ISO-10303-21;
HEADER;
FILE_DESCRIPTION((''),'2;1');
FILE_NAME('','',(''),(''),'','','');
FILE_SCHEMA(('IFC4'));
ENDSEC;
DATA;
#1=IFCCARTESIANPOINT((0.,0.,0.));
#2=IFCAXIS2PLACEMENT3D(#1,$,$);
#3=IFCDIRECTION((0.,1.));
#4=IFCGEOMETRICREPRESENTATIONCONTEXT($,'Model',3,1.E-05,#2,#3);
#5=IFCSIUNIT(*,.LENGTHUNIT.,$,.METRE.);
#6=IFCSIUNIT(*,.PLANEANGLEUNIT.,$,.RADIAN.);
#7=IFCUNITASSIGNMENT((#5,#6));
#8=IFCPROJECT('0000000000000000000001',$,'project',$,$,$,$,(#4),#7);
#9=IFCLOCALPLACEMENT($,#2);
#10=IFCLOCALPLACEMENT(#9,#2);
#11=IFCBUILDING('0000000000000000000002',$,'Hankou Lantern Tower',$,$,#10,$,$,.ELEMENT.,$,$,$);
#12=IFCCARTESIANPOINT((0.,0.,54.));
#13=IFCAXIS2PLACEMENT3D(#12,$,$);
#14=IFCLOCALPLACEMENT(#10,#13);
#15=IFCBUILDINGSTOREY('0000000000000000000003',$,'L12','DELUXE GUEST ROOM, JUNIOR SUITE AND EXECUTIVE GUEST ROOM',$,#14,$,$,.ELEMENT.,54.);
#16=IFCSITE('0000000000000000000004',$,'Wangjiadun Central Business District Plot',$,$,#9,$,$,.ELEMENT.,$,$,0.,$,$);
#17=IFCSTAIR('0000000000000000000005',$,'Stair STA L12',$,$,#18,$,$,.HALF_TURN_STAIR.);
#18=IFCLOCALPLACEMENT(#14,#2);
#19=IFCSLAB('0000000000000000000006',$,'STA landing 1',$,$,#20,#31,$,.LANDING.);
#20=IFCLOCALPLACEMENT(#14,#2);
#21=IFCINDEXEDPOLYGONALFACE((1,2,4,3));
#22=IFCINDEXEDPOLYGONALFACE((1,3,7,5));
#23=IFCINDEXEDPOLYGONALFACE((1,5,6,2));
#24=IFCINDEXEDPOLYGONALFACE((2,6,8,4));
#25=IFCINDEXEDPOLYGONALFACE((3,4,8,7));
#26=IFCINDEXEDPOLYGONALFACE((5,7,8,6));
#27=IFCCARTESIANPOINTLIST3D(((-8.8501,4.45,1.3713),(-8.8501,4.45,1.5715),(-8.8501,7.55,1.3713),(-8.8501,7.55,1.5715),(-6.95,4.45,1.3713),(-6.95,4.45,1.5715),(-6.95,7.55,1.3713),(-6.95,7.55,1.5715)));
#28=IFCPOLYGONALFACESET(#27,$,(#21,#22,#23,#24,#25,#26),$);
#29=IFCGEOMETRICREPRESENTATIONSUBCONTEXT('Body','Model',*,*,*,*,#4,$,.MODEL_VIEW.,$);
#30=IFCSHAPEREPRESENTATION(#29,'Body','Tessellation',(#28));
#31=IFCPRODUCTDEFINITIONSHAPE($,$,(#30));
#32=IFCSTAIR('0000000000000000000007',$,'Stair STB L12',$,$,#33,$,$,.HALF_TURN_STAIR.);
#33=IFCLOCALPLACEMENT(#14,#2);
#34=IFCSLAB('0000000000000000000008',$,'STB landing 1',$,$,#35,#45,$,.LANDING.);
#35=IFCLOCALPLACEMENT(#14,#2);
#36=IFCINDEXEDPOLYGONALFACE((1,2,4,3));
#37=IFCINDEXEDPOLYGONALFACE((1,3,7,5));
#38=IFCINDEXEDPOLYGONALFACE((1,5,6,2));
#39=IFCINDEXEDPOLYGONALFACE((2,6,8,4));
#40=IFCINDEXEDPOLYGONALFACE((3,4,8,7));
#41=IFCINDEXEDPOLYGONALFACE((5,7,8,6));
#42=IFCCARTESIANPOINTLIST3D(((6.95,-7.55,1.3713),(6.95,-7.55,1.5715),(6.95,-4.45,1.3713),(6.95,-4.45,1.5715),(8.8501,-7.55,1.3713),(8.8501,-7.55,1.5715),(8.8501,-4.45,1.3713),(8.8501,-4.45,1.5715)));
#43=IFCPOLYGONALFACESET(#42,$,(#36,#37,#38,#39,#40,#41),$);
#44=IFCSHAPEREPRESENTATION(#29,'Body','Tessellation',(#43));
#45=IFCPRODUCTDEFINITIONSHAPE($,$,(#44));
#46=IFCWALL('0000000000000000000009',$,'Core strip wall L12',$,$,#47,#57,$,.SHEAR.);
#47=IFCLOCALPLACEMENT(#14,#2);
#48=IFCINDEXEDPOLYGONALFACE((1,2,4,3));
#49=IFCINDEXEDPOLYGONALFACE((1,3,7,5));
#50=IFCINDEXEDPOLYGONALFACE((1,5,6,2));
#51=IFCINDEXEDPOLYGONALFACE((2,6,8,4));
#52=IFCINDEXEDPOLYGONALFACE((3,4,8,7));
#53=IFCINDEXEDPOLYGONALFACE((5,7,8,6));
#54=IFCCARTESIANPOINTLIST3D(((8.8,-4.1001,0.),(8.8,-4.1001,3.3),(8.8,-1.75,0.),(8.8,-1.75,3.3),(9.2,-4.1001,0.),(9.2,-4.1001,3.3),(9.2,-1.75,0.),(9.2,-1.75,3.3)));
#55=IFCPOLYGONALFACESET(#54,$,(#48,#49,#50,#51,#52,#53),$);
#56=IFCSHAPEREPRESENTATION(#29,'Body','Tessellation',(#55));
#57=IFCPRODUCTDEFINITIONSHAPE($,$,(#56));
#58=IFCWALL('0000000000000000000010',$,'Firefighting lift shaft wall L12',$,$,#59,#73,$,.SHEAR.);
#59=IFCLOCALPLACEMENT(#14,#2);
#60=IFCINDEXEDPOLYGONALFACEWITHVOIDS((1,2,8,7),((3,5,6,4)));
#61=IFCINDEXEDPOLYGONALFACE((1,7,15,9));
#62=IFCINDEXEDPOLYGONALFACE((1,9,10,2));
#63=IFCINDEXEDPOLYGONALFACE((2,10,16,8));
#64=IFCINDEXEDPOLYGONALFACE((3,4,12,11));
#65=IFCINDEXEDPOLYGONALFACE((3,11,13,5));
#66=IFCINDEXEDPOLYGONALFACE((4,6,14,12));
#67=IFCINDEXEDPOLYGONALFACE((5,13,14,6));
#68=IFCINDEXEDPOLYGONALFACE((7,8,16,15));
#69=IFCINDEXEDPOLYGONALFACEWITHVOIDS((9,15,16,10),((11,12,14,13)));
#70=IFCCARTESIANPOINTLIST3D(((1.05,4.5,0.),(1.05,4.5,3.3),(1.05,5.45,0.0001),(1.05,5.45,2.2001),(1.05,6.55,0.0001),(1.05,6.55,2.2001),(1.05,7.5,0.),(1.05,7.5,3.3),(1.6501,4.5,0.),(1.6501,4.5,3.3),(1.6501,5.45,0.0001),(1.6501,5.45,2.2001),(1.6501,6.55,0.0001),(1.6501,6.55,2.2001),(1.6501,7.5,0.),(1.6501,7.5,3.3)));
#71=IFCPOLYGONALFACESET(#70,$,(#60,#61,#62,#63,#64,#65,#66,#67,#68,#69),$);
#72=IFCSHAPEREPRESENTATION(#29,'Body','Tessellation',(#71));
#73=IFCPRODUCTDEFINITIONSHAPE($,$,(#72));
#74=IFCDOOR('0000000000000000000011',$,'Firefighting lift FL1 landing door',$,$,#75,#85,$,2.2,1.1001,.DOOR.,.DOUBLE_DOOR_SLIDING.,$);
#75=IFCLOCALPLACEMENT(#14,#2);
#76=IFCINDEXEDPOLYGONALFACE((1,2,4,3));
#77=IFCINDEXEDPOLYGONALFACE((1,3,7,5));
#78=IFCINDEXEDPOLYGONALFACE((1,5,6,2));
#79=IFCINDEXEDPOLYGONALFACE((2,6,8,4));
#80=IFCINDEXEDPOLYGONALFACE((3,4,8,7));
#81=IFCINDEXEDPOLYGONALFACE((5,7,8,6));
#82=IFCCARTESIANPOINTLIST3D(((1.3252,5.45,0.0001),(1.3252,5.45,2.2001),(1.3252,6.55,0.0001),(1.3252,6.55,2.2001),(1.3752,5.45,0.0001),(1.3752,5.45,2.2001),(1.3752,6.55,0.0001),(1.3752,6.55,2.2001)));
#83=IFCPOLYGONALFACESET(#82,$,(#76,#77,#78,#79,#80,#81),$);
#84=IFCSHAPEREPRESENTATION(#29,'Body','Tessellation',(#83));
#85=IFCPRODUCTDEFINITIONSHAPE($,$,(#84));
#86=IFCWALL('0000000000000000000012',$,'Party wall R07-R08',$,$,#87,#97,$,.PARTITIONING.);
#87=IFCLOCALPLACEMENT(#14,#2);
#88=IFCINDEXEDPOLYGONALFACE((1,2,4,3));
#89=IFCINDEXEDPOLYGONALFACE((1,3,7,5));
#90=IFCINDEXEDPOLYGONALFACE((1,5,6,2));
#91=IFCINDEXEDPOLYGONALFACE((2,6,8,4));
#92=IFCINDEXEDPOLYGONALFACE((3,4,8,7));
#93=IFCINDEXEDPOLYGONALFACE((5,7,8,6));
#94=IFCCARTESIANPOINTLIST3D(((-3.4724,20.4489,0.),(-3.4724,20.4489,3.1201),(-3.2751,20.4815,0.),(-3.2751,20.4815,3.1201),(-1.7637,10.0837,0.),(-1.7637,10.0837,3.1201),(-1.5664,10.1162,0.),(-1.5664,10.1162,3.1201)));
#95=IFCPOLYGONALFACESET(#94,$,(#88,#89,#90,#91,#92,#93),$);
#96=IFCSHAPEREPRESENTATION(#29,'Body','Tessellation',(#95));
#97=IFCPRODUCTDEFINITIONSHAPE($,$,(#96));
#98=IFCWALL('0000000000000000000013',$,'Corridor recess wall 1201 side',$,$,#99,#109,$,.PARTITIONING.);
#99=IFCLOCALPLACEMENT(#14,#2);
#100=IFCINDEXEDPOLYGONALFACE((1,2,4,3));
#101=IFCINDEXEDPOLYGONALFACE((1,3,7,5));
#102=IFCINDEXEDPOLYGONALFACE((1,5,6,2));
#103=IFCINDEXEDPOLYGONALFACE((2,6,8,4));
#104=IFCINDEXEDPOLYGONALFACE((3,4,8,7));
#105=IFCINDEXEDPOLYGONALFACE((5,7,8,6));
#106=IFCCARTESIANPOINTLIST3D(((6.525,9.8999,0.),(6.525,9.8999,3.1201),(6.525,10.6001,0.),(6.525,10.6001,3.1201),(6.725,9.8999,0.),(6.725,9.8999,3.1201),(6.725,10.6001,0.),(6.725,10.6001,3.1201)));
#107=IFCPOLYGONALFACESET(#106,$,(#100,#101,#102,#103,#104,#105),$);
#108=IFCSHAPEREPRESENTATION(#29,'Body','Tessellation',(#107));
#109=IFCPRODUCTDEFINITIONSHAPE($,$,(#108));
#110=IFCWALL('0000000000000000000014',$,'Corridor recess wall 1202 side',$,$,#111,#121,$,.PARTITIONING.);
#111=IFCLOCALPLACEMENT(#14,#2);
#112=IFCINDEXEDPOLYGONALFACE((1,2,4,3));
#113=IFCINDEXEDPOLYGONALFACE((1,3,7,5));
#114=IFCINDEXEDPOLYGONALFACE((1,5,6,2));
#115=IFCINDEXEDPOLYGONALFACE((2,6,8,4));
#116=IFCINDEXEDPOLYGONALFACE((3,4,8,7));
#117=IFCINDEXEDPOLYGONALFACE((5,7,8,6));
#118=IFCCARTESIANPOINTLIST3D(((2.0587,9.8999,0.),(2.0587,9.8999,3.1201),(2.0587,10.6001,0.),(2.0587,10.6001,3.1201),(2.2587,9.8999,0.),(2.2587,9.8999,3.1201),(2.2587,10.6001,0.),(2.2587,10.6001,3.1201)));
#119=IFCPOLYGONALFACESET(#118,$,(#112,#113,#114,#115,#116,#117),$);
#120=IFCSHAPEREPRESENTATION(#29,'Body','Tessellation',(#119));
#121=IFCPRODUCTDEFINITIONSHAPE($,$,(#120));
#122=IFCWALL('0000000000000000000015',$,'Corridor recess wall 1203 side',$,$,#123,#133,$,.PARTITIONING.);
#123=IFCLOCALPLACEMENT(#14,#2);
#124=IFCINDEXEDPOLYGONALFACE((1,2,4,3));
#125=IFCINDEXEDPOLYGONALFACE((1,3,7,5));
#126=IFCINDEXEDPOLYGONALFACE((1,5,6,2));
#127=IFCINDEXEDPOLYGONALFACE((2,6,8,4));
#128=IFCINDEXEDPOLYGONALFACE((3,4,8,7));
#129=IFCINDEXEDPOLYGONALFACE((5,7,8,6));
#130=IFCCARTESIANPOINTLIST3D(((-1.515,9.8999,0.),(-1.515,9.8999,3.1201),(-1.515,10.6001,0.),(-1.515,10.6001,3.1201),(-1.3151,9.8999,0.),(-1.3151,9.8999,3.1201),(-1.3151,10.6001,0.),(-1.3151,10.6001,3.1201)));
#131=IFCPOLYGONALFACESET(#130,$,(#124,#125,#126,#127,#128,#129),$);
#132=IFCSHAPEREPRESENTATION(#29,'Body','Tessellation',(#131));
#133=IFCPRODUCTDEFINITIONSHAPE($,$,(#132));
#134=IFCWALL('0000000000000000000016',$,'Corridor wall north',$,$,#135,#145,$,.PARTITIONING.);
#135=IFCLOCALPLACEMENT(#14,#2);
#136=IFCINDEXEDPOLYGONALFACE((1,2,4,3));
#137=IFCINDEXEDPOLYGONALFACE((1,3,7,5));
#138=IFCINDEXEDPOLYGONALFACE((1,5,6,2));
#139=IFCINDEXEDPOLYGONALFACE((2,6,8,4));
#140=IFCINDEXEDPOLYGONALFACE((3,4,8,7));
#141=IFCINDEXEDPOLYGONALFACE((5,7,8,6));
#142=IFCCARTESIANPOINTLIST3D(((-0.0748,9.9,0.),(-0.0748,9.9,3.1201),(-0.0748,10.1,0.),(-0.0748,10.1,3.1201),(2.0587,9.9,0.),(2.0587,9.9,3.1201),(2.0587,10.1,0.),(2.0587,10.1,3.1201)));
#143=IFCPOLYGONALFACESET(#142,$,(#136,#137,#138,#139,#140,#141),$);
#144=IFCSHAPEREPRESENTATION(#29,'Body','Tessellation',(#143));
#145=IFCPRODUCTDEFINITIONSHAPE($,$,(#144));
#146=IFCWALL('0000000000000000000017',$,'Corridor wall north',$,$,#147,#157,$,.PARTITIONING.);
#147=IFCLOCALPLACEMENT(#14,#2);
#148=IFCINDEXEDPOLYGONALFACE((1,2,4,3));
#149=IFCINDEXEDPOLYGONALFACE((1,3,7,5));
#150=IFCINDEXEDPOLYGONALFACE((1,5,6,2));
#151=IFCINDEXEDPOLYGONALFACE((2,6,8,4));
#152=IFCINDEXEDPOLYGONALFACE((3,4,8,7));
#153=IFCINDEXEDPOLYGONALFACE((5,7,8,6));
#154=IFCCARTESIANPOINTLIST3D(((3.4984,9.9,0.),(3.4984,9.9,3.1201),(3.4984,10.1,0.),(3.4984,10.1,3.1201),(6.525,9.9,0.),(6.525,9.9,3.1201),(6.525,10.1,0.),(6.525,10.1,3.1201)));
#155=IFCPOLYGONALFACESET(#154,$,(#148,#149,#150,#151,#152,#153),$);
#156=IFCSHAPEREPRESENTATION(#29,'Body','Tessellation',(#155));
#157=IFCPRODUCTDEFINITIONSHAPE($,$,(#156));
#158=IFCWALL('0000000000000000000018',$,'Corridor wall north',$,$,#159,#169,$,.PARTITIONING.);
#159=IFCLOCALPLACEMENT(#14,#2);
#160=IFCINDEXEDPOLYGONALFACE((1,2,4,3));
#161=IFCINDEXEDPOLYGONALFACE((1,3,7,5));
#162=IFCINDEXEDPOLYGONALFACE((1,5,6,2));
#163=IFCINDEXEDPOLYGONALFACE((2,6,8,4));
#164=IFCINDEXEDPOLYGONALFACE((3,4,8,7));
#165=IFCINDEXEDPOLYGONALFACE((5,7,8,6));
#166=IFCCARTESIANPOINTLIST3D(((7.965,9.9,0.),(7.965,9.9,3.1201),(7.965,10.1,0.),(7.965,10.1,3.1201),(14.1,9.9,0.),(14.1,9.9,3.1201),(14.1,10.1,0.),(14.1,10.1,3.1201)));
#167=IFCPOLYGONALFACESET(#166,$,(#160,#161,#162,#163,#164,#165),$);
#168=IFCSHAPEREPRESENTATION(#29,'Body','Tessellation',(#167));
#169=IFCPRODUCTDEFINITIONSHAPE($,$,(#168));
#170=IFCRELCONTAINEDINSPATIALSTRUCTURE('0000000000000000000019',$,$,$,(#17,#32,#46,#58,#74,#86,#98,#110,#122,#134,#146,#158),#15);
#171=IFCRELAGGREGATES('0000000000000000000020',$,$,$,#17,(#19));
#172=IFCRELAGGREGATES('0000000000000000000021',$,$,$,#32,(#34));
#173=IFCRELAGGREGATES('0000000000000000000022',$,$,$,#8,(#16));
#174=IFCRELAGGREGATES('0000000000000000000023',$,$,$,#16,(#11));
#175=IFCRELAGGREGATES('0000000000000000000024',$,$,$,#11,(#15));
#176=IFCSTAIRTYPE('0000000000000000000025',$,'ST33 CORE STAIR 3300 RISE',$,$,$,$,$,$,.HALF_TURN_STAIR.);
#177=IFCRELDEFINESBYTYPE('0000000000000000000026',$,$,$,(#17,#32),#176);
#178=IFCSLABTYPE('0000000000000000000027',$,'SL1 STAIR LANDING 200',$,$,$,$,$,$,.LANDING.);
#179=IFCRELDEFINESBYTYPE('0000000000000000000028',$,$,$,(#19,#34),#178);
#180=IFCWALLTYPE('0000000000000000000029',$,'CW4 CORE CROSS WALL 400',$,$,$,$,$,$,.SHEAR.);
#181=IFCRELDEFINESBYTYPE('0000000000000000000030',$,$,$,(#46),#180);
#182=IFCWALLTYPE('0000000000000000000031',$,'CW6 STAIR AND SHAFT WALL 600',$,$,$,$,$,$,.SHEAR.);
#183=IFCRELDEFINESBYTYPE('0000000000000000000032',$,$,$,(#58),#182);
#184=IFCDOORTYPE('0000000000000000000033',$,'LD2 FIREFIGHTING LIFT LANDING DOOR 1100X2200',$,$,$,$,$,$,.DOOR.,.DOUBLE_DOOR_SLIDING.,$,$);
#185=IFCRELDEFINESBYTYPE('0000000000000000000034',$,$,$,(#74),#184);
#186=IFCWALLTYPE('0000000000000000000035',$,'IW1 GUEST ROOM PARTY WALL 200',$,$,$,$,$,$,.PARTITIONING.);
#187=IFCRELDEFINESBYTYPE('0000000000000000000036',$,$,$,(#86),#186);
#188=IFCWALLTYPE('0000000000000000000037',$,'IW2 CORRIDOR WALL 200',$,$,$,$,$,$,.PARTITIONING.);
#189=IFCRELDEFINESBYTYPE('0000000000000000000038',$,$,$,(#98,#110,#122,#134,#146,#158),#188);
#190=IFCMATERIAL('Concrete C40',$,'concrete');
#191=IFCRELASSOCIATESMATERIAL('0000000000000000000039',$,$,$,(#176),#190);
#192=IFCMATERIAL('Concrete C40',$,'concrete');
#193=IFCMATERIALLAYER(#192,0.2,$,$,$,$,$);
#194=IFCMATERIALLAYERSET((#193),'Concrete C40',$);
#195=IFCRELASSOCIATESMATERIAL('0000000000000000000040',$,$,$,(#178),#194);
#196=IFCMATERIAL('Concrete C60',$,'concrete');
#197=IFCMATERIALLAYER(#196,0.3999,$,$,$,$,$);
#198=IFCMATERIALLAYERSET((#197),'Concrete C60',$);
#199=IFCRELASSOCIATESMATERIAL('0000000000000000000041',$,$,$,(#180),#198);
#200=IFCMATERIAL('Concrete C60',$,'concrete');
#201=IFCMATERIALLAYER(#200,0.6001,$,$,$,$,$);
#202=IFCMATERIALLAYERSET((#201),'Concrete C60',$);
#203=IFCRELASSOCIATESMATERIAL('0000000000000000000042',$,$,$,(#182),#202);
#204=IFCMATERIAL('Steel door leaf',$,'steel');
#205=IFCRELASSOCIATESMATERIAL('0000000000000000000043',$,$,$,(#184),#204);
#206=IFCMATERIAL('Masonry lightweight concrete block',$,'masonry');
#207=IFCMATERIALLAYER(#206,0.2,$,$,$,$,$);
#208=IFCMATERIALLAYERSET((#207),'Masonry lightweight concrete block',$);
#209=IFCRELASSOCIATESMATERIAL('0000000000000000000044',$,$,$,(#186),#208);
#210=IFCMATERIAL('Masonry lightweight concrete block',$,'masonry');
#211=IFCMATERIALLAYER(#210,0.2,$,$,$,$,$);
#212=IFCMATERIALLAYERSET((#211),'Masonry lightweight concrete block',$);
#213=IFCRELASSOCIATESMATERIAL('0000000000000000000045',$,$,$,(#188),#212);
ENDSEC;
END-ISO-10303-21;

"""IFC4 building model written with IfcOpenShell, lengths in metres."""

from ifc_helpers import new_model, si_unit, direction, frame, frame_2d, origin, place, context, subcontext, project, spatial, polyline, rectangle, outline, extrude, material, layer, layer_set, type_object, element, fill, aggregate, save


model = new_model("IFC4")

# Units and contexts
model_context = context("Model", 3, precision=1e-05, world=origin(), true_north=direction((0.0, 1.0)))
body_context = subcontext(model_context, "Body", "Model", "MODEL_VIEW")
ifc_project = project(units=[si_unit("LENGTHUNIT", "METRE"), si_unit("PLANEANGLEUNIT", "RADIAN")], contexts=[model_context])

# Site, building, storey
site_placement = place(None, origin())
site = spatial("IfcSite", under=ifc_project, at=site_placement, Name="Wangjiadun Central Business District Plot", CompositionType="ELEMENT", RefElevation=0.0)
building_placement = place(site_placement, origin())
building = spatial("IfcBuilding", under=site, at=building_placement, Name="Hankou Lantern Tower", CompositionType="ELEMENT")
storey_placement = place(building_placement, frame((0.0, 0.0, 54.0)))
storey = spatial("IfcBuildingStorey", under=building, at=storey_placement, Name="L12", Description="DELUXE GUEST ROOM, JUNIOR SUITE AND EXECUTIVE GUEST ROOM", CompositionType="ELEMENT", Elevation=54.0)

# Stairs, slabs
ifc_material_1 = material(Name="Concrete C40", Category="concrete")
stair_type = type_object("IfcStairType", Name="ST33 CORE STAIR 3300 RISE", PredefinedType="HALF_TURN_STAIR", material=ifc_material_1)
stair_1_placement = place(storey_placement, origin())
stair_1 = element("IfcStair", 1, at=stair_1_placement, inside=storey, type_object=stair_type, Name="Stair STA L12", PredefinedType="HALF_TURN_STAIR")
ifc_material_2 = material(Name="Concrete C40", Category="concrete")
ifc_layer_1 = layer(ifc_material_2, 0.2)
ifc_layer_set_1 = layer_set([ifc_layer_1], Name="Concrete C40")
slab_type_1 = type_object("IfcSlabType", Name="SL1 STAIR LANDING 200", PredefinedType="LANDING", material=ifc_layer_set_1)
slab_1_placement = place(storey_placement, frame((0.0, 0.0, 1.3713)))
slab_1 = element("IfcSlab", 2, at=slab_1_placement, type_object=slab_type_1, Name="STA landing 1", PredefinedType="LANDING", context=body_context, shape_type="SweptSolid", body=[
    extrude(outline(polyline([(-8.8501, 4.45), (-6.95, 4.45), (-6.95, 7.55), (-8.8501, 7.55), (-8.8501, 4.45)])), origin(), (0.0, 0.0, 1.0), 0.2002),
])
aggregate(stair_1, [slab_1])
stair_2_placement = place(storey_placement, origin())
stair_2 = element("IfcStair", 3, at=stair_2_placement, inside=storey, type_object=stair_type, Name="Stair STB L12", PredefinedType="HALF_TURN_STAIR")
slab_2_placement = place(storey_placement, frame((0.0, 0.0, 1.3713)))
slab_2 = element("IfcSlab", 4, at=slab_2_placement, type_object=slab_type_1, Name="STB landing 1", PredefinedType="LANDING", context=body_context, shape_type="SweptSolid", body=[
    extrude(outline(polyline([(8.8501, -4.45), (6.95, -4.45), (6.95, -7.55), (8.8501, -7.55), (8.8501, -4.45)])), origin(), (0.0, 0.0, 1.0), 0.2002),
])
aggregate(stair_2, [slab_2])

# Wall
ifc_material_3 = material(Name="Concrete C60", Category="concrete")
ifc_layer_2 = layer(ifc_material_3, 0.3999)
ifc_layer_set_2 = layer_set([ifc_layer_2], Name="Concrete C60")
wall_type_1 = type_object("IfcWallType", Name="CW4 CORE CROSS WALL 400", PredefinedType="SHEAR", material=ifc_layer_set_2)
wall_1_placement = place(storey_placement, frame((9.0, -4.1001, 0.0), z_axis=(0.0, 0.0, 1.0), x_axis=(0.0, 1.0, 0.0)))
element("IfcWall", 5, at=wall_1_placement, inside=storey, type_object=wall_type_1, Name="Core strip wall L12", PredefinedType="SHEAR", context=body_context, shape_type="SweptSolid", body=[
    extrude(rectangle(XDim=2.3501, YDim=0.3999, at=frame_2d((1.175, 0.0))), origin(), (0.0, 0.0, 1.0), 3.3),
])

# Wall, opening, door
ifc_material_4 = material(Name="Concrete C60", Category="concrete")
ifc_layer_3 = layer(ifc_material_4, 0.6001)
ifc_layer_set_3 = layer_set([ifc_layer_3], Name="Concrete C60")
wall_type_2 = type_object("IfcWallType", Name="CW6 STAIR AND SHAFT WALL 600", PredefinedType="SHEAR", material=ifc_layer_set_3)
wall_2_placement = place(storey_placement, frame((1.3501, 4.5, 0.0), z_axis=(0.0, 0.0, 1.0), x_axis=(0.0, 1.0, 0.0)))
wall_2 = element("IfcWall", 6, at=wall_2_placement, inside=storey, type_object=wall_type_2, Name="Firefighting lift shaft wall L12", PredefinedType="SHEAR", context=body_context, shape_type="SweptSolid", body=[
    extrude(rectangle(XDim=3.0, YDim=0.6001, at=frame_2d((1.5, 0.0))), origin(), (0.0, 0.0, 1.0), 3.3),
])
opening_1_placement = place(wall_2_placement, frame((0.95, 0.0, 0.0)))
opening_1 = element("IfcOpeningElement", 7, at=opening_1_placement, cuts=wall_2, PredefinedType="OPENING", context=body_context, shape_type="SweptSolid", body=[
    extrude(rectangle(XDim=1.1001, YDim=2.2, at=frame_2d((0.55, 1.1001))), frame((0.0, 0.3101, 0.0), z_axis=(0.0, -1.0, 0.0), x_axis=(1.0, 0.0, 0.0)), (0.0, 0.0, 1.0), 0.6201),
])
ifc_material_5 = material(Name="Steel door leaf", Category="steel")
door_type_1 = type_object("IfcDoorType", Name="LD2 FIREFIGHTING LIFT LANDING DOOR 1100X2200", OperationType="DOUBLE_DOOR_SLIDING", PredefinedType="DOOR", material=ifc_material_5)
door_1_placement = place(opening_1_placement, origin())
door_1 = element("IfcDoor", 8, at=door_1_placement, inside=storey, type_object=door_type_1, Name="Firefighting lift FL1 landing door", OperationType="DOUBLE_DOOR_SLIDING", OverallHeight=2.2, OverallWidth=1.1001, PredefinedType="DOOR", context=body_context, shape_type="SweptSolid", body=[
    extrude(rectangle(XDim=1.1001, YDim=2.2, at=frame_2d((0.55, 1.1001))), frame((0.0, 0.0249, 0.0), z_axis=(0.0, -1.0, 0.0), x_axis=(1.0, 0.0, 0.0)), (0.0, 0.0, 1.0), 0.05),
])
fill(opening_1, door_1)

# Walls
ifc_material_6 = material(Name="Masonry lightweight concrete block", Category="masonry")
ifc_layer_4 = layer(ifc_material_6, 0.2)
ifc_layer_set_4 = layer_set([ifc_layer_4], Name="Masonry lightweight concrete block")
wall_type_3 = type_object("IfcWallType", Name="IW1 GUEST ROOM PARTY WALL 200", PredefinedType="PARTITIONING", material=ifc_layer_set_4)
wall_3_placement = place(storey_placement, frame((-1.665, 10.1001, 0.0), z_axis=(0.0, 0.0, 1.0), x_axis=(-0.162658, 0.986683, 0.0)))
element("IfcWall", 9, at=wall_3_placement, inside=storey, type_object=wall_type_3, Name="Party wall R07-R08", PredefinedType="PARTITIONING", context=body_context, shape_type="SweptSolid", body=[
    extrude(rectangle(XDim=10.5051, YDim=0.2, at=frame_2d((5.2524, 0.0))), origin(), (0.0, 0.0, 1.0), 3.1201),
])
ifc_material_7 = material(Name="Masonry lightweight concrete block", Category="masonry")
ifc_layer_5 = layer(ifc_material_7, 0.2)
ifc_layer_set_5 = layer_set([ifc_layer_5], Name="Masonry lightweight concrete block")
wall_type_4 = type_object("IfcWallType", Name="IW2 CORRIDOR WALL 200", PredefinedType="PARTITIONING", material=ifc_layer_set_5)
for number, where, z_axis, x_axis, name in (
    (10, (6.625, 9.8999, 0.0), (0.0, 0.0, 1.0), (0.0, 1.0, 0.0), "Corridor recess wall 1201 side"),
    (11, (2.1587, 9.8999, 0.0), (0.0, 0.0, 1.0), (0.0, 1.0, 0.0), "Corridor recess wall 1202 side"),
    (12, (-1.415, 9.8999, 0.0), (0.0, 0.0, 1.0), (0.0, 1.0, 0.0), "Corridor recess wall 1203 side"),
):
    element("IfcWall", number, at=place(storey_placement, frame(where, z_axis=z_axis, x_axis=x_axis)), inside=storey, type_object=wall_type_4, Name=name, PredefinedType="PARTITIONING", context=body_context, shape_type="SweptSolid", body=[
        extrude(rectangle(XDim=0.7002, YDim=0.2, at=frame_2d((0.3501, 0.0))), origin(), (0.0, 0.0, 1.0), 3.1201),
    ])
wall_4_placement = place(storey_placement, frame((-0.075, 10.0, 0.0), z_axis=(0.0, 0.0, 1.0), x_axis=(1.0, 0.0, 0.0)))
element("IfcWall", 13, at=wall_4_placement, inside=storey, type_object=wall_type_4, Name="Corridor wall north", PredefinedType="PARTITIONING", context=body_context, shape_type="SweptSolid", body=[
    extrude(rectangle(XDim=2.1335, YDim=0.2, at=frame_2d((1.0669, 0.0))), origin(), (0.0, 0.0, 1.0), 3.1201),
])
wall_5_placement = place(storey_placement, frame((3.4985, 10.0, 0.0), z_axis=(0.0, 0.0, 1.0), x_axis=(1.0, 0.0, 0.0)))
element("IfcWall", 14, at=wall_5_placement, inside=storey, type_object=wall_type_4, Name="Corridor wall north", PredefinedType="PARTITIONING", context=body_context, shape_type="SweptSolid", body=[
    extrude(rectangle(XDim=3.0266, YDim=0.2, at=frame_2d((1.5132, 0.0))), origin(), (0.0, 0.0, 1.0), 3.1201),
])
wall_6_placement = place(storey_placement, frame((7.9651, 10.0, 0.0), z_axis=(0.0, 0.0, 1.0), x_axis=(1.0, 0.0, 0.0)))
element("IfcWall", 15, at=wall_6_placement, inside=storey, type_object=wall_type_4, Name="Corridor wall north", PredefinedType="PARTITIONING", context=body_context, shape_type="SweptSolid", body=[
    extrude(rectangle(XDim=6.135, YDim=0.2, at=frame_2d((3.0674, 0.0))), origin(), (0.0, 0.0, 1.0), 3.1201),
])

save(model, "model.ifc")
